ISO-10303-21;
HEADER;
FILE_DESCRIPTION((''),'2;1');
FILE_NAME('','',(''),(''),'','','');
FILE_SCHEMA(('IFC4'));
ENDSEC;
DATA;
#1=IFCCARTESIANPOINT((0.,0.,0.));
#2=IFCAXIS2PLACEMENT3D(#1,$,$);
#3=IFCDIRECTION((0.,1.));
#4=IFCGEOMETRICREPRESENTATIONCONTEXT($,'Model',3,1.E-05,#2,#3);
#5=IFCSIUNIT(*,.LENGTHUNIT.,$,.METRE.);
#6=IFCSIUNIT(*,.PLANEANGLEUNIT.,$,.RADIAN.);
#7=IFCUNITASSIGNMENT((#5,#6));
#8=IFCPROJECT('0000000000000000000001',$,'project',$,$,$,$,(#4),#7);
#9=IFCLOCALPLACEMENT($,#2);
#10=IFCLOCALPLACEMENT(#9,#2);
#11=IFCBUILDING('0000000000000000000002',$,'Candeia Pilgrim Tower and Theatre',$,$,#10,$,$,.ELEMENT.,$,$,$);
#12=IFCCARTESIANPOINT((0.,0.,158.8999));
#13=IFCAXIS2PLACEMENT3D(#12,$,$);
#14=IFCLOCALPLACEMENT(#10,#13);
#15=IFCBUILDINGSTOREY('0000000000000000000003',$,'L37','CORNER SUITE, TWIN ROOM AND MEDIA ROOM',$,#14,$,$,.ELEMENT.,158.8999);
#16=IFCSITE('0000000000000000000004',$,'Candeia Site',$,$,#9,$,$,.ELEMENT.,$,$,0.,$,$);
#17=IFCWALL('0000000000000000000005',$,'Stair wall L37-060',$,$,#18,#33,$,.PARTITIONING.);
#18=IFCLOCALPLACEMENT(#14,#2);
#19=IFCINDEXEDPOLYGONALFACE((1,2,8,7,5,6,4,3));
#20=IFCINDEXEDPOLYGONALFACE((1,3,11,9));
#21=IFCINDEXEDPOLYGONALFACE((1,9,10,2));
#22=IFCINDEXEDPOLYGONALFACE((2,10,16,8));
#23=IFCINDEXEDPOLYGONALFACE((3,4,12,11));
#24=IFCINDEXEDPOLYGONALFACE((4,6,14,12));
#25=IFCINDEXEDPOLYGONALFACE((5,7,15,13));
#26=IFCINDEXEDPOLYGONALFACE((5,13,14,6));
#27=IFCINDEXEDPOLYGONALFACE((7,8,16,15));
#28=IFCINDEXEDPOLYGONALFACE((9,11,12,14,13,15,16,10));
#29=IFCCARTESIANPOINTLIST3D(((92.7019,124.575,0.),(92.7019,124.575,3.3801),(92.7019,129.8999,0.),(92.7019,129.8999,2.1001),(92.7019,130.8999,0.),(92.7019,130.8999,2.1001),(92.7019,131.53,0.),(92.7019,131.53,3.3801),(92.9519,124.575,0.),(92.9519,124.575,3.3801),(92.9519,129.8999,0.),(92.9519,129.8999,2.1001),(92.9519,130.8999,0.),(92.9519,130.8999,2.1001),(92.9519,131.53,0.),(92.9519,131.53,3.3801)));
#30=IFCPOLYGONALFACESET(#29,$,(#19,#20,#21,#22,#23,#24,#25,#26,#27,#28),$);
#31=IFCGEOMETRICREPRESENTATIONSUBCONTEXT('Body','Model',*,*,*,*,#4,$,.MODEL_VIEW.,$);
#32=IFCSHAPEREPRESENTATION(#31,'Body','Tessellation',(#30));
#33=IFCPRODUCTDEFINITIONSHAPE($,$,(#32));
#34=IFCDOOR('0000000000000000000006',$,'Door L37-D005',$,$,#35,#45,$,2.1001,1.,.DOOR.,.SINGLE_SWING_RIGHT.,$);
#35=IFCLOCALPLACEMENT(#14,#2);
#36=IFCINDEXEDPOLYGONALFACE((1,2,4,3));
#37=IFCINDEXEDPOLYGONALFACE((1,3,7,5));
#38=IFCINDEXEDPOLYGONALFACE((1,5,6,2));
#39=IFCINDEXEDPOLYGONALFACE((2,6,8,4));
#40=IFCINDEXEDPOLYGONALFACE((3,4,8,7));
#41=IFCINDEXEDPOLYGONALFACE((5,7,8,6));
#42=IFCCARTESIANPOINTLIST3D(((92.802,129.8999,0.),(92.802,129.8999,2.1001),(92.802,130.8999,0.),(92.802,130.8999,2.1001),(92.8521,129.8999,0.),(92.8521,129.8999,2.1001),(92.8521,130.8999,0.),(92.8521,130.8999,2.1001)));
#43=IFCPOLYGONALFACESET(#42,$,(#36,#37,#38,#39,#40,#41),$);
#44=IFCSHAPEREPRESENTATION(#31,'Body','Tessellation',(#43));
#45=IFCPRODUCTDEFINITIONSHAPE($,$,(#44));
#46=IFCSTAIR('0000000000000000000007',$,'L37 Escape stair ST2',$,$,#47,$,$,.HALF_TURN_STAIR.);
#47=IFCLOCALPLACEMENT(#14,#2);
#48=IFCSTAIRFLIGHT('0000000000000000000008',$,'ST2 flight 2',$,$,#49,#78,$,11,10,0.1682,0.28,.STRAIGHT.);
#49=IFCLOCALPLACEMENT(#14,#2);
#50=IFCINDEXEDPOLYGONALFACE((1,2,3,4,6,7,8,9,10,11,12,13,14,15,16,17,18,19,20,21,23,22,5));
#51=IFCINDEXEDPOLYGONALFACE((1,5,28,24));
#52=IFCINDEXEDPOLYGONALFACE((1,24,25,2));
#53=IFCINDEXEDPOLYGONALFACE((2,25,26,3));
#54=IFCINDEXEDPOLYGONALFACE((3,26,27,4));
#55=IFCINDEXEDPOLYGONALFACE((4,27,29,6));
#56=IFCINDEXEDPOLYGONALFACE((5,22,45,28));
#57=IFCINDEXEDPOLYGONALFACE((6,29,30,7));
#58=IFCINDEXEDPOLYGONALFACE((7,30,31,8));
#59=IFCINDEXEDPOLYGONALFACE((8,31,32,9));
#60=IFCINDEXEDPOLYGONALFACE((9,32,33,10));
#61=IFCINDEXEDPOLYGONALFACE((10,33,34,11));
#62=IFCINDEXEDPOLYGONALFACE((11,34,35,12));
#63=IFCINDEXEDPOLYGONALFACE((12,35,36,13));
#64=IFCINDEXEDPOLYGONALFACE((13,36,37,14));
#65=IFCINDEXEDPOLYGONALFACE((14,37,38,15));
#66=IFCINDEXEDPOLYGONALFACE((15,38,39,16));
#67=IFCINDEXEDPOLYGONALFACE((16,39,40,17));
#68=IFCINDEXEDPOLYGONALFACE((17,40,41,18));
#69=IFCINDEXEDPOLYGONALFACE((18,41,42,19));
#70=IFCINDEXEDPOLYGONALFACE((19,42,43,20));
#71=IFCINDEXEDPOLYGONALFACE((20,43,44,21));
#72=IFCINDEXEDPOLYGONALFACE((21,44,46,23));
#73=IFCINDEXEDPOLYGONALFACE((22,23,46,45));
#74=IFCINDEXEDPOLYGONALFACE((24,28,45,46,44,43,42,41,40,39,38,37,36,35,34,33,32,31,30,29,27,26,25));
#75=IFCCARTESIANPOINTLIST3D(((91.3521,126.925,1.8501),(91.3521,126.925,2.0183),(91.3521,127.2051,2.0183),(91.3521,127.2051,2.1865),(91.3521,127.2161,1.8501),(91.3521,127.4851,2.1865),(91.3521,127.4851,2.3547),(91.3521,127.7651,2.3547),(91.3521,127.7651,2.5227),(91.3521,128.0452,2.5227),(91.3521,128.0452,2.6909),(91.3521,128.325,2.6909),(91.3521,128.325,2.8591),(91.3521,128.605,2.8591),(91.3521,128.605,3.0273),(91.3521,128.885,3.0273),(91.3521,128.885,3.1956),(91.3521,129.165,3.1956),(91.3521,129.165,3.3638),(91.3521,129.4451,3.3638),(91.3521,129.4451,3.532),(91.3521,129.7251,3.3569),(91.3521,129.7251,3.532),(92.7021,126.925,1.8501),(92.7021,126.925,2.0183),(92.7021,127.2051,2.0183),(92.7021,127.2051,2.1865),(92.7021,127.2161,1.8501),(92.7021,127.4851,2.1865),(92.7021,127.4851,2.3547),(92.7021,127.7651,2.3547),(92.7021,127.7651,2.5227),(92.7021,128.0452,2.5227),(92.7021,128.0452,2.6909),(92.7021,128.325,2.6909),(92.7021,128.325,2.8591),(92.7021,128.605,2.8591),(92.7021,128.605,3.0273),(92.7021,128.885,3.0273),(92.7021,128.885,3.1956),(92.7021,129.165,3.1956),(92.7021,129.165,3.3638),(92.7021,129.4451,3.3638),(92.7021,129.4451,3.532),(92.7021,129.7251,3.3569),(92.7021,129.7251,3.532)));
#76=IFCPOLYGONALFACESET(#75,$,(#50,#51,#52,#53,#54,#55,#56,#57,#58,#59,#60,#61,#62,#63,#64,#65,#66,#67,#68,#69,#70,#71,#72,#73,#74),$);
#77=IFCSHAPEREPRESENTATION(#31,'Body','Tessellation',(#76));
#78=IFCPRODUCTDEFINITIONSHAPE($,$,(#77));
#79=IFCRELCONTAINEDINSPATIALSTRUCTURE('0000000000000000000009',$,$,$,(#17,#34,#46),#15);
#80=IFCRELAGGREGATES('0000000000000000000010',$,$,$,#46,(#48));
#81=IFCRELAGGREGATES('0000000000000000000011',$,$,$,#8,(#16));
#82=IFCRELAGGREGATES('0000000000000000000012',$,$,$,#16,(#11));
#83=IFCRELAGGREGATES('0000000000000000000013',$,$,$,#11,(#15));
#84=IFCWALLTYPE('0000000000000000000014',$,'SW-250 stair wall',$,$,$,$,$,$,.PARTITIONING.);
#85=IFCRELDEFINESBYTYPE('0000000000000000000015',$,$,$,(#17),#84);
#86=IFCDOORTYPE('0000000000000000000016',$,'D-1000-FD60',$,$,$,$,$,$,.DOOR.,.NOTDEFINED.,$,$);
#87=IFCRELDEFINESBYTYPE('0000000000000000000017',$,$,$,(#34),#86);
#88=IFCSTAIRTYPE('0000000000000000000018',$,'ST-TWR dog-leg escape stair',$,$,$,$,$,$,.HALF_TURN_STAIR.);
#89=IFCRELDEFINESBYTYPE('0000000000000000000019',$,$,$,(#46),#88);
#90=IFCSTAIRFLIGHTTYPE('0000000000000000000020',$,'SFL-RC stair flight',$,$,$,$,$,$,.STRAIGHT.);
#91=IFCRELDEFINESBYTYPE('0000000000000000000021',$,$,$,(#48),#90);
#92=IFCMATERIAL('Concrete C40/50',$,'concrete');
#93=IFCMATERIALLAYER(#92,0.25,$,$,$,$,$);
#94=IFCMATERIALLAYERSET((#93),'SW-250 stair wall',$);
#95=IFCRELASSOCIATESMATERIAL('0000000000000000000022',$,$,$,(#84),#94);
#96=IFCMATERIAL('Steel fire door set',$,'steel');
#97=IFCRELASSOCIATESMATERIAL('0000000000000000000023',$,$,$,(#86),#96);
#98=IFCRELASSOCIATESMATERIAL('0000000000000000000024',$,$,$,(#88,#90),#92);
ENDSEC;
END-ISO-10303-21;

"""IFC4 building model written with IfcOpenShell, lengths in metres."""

from ifc_helpers import new_model, si_unit, direction, frame, frame_2d, origin, place, context, subcontext, project, spatial, polyline, rectangle, outline, extrude, material, layer, layer_set, type_object, element, fill, aggregate, save


model = new_model("IFC4")

# Units and contexts
model_context = context("Model", 3, precision=1e-05, world=origin(), true_north=direction((0.0, 1.0)))
body_context = subcontext(model_context, "Body", "Model", "MODEL_VIEW")
ifc_project = project(units=[si_unit("LENGTHUNIT", "METRE"), si_unit("PLANEANGLEUNIT", "RADIAN")], contexts=[model_context])

# Site, building, storey
site_placement = place(None, origin())
site = spatial("IfcSite", under=ifc_project, at=site_placement, Name="Candeia Site", CompositionType="ELEMENT", RefElevation=0.0)
building_placement = place(site_placement, origin())
building = spatial("IfcBuilding", under=site, at=building_placement, Name="Candeia Pilgrim Tower and Theatre", CompositionType="ELEMENT")
storey_placement = place(building_placement, frame((0.0, 0.0, 158.8999)))
storey = spatial("IfcBuildingStorey", under=building, at=storey_placement, Name="L37", Description="CORNER SUITE, TWIN ROOM AND MEDIA ROOM", CompositionType="ELEMENT", Elevation=158.8999)

# Shared definitions
ifc_material_1 = material(Name="Steel fire door set", Category="steel")

# Shared definitions
ifc_material_2 = material(Name="Concrete C40/50", Category="concrete")

# Wall, opening, door
ifc_layer_1 = layer(ifc_material_2, 0.25)
ifc_layer_set_1 = layer_set([ifc_layer_1], Name="SW-250 stair wall")
wall_type_1 = type_object("IfcWallType", Name="SW-250 stair wall", PredefinedType="PARTITIONING", material=ifc_layer_set_1)
wall_1_placement = place(storey_placement, frame((92.8269, 124.575, 0.0), z_axis=(0.0, 0.0, 1.0), x_axis=(0.0, 1.0, 0.0)))
wall_1 = element("IfcWall", 1, at=wall_1_placement, inside=storey, type_object=wall_type_1, Name="Stair wall L37-060", PredefinedType="PARTITIONING", context=body_context, shape_type="SweptSolid", body=[
    extrude(rectangle(XDim=6.9551, YDim=0.25, at=frame_2d((3.4775, 0.0))), origin(), (0.0, 0.0, 1.0), 3.3801),
])
opening_1_placement = place(wall_1_placement, frame((5.325, 0.0, 0.0)))
opening_1 = element("IfcOpeningElement", 2, at=opening_1_placement, cuts=wall_1, PredefinedType="OPENING", context=body_context, shape_type="SweptSolid", body=[
    extrude(rectangle(XDim=1.0, YDim=2.1001, at=frame_2d((0.5, 1.05))), frame((0.0, 0.135, 0.0), z_axis=(0.0, -1.0, 0.0), x_axis=(1.0, 0.0, 0.0)), (0.0, 0.0, 1.0), 0.27),
])
door_type_1 = type_object("IfcDoorType", Name="D-1000-FD60", OperationType="NOTDEFINED", PredefinedType="DOOR", material=ifc_material_1)
door_1_placement = place(opening_1_placement, origin())
door_1 = element("IfcDoor", 3, at=door_1_placement, inside=storey, type_object=door_type_1, Name="Door L37-D005", OperationType="SINGLE_SWING_RIGHT", OverallHeight=2.1001, OverallWidth=1.0, PredefinedType="DOOR", context=body_context, shape_type="SweptSolid", body=[
    extrude(rectangle(XDim=1.0, YDim=2.1001, at=frame_2d((0.5, 1.05))), frame((0.0, 0.0249, 0.0), z_axis=(0.0, -1.0, 0.0), x_axis=(1.0, 0.0, 0.0)), (0.0, 0.0, 1.0), 0.05),
])
fill(opening_1, door_1)

# Stair, stair flight
stair_type = type_object("IfcStairType", Name="ST-TWR dog-leg escape stair", PredefinedType="HALF_TURN_STAIR", material=ifc_material_2)
stair_placement = place(storey_placement, origin())
stair = element("IfcStair", 4, at=stair_placement, inside=storey, type_object=stair_type, Name="L37 Escape stair ST2", PredefinedType="HALF_TURN_STAIR")
stair_flight_type = type_object("IfcStairFlightType", Name="SFL-RC stair flight", PredefinedType="STRAIGHT", material=ifc_material_2)
stair_flight_placement = place(storey_placement, frame((92.0271, 126.925, 1.8501), z_axis=(0.0, 0.0, 1.0), x_axis=(0.0, 1.0, 0.0)))
stair_flight = element("IfcStairFlight", 5, at=stair_flight_placement, type_object=stair_flight_type, Name="ST2 flight 2", NumberOfRisers=11, NumberOfTreads=10, PredefinedType="STRAIGHT", RiserHeight=0.1682, TreadLength=0.28, context=body_context, shape_type="SweptSolid", body=[
    extrude(outline(polyline([(0.0, 0.0), (0.0, 0.1682), (0.28, 0.1682), (0.28, 0.3364), (0.5601, 0.3364), (0.5601, 0.5046), (0.8401, 0.5046), (0.8401, 0.6726), (1.1201, 0.6726), (1.1201, 0.8408), (1.3999, 0.8408), (1.3999, 1.009), (1.6799, 1.009), (1.6799, 1.1772), (1.96, 1.1772), (1.96, 1.3455), (2.24, 1.3455), (2.24, 1.5137), (2.52, 1.5137), (2.52, 1.6819), (2.8, 1.6819), (2.8, 1.8501), (2.8, 1.5068), (0.291, 0.0), (0.0, 0.0)])), frame((0.0, 0.675, 0.0), z_axis=(0.0, -1.0, 0.0), x_axis=(1.0, 0.0, 0.0)), (0.0, 0.0, 1.0), 1.3501),
])
aggregate(stair, [stair_flight])

save(model, "model.ifc")
